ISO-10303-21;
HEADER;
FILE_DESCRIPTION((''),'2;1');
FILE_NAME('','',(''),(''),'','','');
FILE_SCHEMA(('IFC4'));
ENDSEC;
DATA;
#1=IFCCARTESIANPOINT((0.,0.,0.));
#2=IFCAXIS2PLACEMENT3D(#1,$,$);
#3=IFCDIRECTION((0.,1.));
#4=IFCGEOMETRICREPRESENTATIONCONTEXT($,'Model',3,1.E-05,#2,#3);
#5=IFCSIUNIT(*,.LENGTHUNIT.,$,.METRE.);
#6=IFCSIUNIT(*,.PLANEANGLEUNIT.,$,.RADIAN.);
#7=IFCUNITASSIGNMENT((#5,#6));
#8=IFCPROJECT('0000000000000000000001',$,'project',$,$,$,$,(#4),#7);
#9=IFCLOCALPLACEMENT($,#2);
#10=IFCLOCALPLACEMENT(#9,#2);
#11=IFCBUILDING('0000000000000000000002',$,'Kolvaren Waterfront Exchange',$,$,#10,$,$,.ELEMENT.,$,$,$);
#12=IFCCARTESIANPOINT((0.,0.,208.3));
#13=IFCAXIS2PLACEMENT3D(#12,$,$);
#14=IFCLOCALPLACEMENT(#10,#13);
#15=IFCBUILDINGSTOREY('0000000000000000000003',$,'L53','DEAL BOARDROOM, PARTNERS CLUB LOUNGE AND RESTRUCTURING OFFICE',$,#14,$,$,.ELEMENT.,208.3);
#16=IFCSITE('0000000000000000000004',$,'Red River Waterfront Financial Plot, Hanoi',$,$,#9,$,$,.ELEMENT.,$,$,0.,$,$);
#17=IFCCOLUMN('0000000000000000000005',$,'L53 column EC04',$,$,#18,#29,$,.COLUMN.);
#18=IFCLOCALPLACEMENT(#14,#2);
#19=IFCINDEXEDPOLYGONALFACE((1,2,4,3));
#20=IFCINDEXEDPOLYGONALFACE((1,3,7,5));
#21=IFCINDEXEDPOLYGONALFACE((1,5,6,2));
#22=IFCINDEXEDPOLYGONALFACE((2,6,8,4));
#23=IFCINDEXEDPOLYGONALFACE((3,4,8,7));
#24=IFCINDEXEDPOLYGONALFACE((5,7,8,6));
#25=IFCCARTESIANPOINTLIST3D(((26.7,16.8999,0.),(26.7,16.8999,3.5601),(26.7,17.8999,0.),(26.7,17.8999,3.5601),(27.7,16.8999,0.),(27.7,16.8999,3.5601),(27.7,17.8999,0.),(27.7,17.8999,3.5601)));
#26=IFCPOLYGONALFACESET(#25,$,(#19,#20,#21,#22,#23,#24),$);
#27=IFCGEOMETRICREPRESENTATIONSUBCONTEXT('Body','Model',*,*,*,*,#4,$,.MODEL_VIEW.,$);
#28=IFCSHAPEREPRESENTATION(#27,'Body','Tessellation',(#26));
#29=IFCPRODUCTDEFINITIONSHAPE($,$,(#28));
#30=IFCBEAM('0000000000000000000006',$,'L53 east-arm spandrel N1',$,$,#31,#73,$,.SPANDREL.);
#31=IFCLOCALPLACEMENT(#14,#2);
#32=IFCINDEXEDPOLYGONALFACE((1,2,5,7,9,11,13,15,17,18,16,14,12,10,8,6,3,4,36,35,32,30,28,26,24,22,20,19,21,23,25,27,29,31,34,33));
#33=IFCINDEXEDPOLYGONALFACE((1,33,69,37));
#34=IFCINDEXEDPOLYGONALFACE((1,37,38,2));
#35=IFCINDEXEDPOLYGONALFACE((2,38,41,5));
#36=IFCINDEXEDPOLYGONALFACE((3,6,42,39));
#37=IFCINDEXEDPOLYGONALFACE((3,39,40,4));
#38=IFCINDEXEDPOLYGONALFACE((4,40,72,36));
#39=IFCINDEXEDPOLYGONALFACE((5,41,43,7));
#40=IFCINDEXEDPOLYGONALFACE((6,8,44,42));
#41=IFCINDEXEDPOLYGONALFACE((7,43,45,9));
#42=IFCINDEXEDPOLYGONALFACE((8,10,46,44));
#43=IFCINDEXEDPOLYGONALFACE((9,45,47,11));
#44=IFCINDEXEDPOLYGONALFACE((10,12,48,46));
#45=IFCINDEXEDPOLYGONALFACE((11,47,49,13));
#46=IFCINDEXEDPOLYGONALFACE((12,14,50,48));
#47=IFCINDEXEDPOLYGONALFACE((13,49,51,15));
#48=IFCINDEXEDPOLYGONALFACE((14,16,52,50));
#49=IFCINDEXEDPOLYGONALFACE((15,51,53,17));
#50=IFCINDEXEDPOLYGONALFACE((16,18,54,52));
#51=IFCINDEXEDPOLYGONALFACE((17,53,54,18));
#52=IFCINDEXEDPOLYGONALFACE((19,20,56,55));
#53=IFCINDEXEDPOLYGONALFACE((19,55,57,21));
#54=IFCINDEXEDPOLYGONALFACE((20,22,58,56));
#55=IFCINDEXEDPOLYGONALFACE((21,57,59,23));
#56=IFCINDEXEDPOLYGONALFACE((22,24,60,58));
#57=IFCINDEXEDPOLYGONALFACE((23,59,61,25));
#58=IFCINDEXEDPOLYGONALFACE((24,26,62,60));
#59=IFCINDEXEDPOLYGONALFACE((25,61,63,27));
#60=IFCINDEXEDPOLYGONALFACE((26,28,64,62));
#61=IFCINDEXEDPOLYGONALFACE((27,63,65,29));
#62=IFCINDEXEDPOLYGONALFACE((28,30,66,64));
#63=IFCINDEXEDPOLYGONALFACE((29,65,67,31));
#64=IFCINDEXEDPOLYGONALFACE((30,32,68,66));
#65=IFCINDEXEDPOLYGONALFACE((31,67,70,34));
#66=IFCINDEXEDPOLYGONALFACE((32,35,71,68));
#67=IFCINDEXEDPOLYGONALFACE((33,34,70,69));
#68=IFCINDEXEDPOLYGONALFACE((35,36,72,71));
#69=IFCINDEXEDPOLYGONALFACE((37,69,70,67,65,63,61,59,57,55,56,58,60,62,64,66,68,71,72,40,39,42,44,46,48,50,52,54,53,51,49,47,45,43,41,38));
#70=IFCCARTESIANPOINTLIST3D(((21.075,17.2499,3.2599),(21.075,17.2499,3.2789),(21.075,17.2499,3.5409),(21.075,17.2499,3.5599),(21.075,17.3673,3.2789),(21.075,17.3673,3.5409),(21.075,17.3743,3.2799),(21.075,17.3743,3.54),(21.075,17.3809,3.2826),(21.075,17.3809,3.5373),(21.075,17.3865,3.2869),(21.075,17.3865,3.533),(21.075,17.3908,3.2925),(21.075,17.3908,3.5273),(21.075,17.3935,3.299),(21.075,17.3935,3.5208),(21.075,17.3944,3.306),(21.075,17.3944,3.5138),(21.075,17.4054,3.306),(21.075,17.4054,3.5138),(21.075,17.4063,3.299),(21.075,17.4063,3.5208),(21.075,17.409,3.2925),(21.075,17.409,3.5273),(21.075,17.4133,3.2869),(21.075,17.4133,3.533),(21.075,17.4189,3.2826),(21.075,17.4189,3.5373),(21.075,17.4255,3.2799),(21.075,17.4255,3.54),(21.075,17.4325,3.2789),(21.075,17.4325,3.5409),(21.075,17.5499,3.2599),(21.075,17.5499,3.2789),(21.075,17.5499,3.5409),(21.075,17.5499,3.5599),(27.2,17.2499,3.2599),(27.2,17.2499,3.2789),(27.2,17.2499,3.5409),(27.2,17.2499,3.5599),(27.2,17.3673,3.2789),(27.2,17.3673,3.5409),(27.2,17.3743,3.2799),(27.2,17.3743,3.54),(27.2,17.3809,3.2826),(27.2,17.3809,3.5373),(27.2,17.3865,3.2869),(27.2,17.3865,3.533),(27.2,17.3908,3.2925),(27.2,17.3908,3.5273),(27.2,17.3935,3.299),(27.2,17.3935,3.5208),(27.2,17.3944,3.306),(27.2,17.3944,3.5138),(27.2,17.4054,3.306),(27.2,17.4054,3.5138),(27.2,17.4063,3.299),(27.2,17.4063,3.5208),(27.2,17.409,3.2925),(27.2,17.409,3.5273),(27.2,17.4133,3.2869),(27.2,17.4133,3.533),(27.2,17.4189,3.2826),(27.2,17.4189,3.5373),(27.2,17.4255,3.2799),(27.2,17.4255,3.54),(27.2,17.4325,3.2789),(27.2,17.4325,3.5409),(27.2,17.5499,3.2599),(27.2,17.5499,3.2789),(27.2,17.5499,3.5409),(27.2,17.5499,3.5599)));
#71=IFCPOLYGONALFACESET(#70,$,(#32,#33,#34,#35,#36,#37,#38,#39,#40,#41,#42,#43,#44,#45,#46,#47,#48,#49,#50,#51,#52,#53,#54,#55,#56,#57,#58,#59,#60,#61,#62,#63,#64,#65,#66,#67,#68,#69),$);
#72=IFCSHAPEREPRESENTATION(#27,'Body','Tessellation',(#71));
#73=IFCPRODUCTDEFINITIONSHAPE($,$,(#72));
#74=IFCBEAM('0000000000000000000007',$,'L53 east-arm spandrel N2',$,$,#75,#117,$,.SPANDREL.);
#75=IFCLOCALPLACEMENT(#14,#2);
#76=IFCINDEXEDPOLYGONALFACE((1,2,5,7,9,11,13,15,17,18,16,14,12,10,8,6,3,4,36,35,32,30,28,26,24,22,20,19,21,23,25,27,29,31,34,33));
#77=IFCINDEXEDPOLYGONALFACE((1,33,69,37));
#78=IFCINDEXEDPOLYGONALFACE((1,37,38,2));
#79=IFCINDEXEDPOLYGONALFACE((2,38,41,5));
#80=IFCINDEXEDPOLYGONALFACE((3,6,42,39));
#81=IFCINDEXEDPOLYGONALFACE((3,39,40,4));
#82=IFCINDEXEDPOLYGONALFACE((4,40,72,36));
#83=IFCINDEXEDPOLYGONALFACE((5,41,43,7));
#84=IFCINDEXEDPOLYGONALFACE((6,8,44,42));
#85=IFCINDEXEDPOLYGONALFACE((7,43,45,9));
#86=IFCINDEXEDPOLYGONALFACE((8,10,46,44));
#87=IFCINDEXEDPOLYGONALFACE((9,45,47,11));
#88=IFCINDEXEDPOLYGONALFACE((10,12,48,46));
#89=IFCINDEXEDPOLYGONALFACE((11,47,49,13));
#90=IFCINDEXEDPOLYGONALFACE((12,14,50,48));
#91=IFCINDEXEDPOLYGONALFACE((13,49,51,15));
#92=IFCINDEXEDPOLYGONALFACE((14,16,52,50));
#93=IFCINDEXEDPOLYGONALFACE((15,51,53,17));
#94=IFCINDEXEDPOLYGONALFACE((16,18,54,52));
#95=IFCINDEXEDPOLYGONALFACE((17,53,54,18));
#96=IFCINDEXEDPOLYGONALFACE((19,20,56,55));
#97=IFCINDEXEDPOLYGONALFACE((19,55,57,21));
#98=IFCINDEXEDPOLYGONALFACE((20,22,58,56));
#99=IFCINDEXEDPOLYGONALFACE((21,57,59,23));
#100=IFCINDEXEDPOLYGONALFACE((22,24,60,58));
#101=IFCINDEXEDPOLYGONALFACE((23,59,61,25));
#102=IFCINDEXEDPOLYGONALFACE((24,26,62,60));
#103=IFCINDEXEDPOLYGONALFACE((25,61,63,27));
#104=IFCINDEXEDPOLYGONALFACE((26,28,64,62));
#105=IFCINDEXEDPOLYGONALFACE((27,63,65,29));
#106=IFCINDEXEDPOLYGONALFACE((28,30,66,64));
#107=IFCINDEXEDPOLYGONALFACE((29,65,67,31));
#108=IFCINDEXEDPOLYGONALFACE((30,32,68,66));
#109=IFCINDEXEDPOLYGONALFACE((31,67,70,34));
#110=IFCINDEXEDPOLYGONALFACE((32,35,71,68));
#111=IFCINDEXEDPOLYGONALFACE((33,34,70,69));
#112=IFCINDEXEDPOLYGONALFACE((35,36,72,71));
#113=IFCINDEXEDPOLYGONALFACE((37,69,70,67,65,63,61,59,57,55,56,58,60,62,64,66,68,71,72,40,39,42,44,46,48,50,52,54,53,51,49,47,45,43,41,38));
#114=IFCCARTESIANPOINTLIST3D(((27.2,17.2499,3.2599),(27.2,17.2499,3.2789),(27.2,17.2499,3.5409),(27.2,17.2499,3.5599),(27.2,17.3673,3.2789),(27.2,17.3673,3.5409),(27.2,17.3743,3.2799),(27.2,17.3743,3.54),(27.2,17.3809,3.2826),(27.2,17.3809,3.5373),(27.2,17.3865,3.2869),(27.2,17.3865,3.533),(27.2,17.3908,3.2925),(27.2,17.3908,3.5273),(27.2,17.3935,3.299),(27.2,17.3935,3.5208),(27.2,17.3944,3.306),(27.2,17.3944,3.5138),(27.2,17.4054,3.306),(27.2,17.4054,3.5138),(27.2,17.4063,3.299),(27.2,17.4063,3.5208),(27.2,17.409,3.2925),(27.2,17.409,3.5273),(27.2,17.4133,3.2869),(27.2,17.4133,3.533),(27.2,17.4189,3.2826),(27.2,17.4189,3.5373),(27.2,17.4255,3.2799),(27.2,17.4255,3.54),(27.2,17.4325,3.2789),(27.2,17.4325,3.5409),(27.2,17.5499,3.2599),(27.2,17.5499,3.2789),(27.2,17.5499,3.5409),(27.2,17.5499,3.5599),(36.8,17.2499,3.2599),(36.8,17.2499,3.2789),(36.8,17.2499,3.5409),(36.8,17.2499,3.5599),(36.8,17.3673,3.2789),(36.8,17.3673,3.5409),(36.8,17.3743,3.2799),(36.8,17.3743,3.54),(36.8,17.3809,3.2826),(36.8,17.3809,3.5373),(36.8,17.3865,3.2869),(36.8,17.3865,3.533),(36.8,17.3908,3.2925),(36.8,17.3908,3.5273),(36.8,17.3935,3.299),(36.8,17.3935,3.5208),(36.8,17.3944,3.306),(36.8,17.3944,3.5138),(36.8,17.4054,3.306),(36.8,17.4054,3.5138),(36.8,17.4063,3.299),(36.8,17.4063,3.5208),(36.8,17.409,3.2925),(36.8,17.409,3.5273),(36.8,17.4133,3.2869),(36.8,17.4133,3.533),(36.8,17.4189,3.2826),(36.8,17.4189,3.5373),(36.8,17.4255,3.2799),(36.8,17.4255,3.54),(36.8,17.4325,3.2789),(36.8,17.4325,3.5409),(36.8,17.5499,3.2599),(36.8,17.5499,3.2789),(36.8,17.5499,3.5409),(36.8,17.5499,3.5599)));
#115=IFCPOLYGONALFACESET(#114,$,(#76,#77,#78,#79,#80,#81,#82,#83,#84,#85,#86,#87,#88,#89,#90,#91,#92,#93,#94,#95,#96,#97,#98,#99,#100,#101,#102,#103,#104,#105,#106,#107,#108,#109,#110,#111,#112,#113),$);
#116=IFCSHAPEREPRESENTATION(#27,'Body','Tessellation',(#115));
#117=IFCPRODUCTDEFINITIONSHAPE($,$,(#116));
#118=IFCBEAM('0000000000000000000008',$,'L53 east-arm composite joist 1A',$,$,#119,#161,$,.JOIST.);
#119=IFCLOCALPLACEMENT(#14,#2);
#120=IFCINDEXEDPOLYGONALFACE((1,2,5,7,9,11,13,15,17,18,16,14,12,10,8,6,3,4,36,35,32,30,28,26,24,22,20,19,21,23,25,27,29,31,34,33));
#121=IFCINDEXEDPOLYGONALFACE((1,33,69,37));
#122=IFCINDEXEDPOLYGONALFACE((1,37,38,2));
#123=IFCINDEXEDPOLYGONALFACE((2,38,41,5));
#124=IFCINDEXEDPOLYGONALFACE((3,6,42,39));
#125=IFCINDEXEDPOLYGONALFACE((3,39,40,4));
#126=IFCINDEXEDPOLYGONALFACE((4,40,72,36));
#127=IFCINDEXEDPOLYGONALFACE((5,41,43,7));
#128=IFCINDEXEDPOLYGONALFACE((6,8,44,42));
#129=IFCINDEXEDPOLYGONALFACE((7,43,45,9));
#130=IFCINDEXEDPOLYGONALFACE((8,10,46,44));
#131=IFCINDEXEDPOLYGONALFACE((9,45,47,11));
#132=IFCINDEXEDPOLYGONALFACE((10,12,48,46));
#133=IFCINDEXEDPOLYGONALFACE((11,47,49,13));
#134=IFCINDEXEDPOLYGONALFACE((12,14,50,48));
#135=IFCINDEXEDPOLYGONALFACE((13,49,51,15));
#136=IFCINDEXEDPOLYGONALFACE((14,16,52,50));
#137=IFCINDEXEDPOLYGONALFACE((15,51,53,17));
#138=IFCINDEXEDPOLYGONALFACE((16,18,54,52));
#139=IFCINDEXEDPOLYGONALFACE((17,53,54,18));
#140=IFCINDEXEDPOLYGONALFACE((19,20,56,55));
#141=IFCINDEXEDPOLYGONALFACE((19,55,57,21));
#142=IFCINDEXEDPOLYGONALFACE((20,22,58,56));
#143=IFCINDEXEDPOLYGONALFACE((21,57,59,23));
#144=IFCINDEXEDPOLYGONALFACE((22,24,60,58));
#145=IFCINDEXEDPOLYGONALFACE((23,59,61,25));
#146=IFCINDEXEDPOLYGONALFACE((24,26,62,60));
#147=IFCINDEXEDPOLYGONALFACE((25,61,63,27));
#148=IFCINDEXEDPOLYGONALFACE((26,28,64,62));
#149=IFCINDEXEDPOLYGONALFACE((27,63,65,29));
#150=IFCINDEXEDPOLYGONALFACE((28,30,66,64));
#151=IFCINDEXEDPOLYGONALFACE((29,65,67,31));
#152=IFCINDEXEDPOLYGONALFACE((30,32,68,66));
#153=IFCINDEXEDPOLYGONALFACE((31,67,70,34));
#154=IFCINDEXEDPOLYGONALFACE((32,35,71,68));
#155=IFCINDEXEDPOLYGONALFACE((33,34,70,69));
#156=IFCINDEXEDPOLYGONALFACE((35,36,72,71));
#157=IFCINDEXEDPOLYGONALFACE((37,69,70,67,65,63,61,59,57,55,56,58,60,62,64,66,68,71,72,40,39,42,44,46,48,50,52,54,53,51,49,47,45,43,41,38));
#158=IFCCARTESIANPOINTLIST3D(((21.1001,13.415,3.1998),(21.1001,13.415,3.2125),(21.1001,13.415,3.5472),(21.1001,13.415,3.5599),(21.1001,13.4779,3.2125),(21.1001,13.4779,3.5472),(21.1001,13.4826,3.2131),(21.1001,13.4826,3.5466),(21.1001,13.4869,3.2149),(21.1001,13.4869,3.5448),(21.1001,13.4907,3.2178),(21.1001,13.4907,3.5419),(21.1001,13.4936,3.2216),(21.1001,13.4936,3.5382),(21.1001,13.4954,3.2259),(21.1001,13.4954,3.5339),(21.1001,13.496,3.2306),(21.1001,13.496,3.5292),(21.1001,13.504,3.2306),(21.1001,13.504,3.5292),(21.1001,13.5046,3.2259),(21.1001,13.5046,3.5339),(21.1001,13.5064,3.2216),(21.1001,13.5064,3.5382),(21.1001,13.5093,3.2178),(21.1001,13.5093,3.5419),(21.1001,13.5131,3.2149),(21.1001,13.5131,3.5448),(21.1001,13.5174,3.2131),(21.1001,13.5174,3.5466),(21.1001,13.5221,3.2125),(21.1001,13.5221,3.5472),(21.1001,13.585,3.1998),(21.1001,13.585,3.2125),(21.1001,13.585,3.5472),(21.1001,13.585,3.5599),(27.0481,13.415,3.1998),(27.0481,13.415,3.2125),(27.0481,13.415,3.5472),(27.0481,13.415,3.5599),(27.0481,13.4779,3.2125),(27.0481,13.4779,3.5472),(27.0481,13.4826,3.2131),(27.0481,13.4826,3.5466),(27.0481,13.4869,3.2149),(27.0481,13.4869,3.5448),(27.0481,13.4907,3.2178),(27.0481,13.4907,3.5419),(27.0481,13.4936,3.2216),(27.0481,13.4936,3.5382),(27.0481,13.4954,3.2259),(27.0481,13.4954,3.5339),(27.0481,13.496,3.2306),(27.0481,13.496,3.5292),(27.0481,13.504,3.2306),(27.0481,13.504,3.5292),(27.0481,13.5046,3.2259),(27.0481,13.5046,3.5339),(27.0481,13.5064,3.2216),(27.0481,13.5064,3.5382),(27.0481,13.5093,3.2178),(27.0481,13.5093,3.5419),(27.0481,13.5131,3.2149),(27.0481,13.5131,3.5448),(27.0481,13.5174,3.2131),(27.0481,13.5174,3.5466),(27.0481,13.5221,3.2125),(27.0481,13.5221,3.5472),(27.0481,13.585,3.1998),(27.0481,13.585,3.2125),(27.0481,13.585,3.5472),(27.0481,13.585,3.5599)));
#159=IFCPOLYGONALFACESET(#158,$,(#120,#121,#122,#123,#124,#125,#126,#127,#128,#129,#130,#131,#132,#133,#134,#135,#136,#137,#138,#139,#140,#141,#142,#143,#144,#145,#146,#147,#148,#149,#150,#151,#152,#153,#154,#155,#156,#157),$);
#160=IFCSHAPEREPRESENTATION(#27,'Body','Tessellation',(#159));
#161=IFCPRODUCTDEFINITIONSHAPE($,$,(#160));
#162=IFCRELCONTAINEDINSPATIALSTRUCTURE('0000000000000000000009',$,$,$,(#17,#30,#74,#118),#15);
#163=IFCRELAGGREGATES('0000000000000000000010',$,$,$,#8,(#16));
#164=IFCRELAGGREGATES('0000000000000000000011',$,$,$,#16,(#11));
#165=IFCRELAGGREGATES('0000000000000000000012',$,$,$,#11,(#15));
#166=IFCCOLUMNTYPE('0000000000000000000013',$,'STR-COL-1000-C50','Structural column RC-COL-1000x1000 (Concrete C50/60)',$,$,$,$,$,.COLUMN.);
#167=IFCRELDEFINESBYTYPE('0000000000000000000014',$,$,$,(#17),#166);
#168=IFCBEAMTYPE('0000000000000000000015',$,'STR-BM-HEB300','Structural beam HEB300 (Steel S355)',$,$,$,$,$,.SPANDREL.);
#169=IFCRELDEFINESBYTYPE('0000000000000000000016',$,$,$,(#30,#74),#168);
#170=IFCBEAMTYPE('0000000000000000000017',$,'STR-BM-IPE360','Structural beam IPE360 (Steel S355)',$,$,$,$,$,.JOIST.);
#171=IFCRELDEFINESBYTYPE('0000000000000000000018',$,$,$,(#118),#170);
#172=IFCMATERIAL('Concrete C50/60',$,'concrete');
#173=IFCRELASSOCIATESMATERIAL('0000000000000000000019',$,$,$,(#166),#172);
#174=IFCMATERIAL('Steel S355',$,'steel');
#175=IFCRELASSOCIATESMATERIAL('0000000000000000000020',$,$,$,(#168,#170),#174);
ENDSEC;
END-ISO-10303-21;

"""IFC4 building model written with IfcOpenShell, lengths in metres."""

from ifc_helpers import new_model, si_unit, direction, frame, origin, origin_2d, place, context, subcontext, project, spatial, rectangle, i_section, extrude, material, material_profile, profile_set, type_object, element, save


model = new_model("IFC4")

# Units and contexts
model_context = context("Model", 3, precision=1e-05, world=origin(), true_north=direction((0.0, 1.0)))
body_context = subcontext(model_context, "Body", "Model", "MODEL_VIEW")
ifc_project = project(units=[si_unit("LENGTHUNIT", "METRE"), si_unit("PLANEANGLEUNIT", "RADIAN")], contexts=[model_context])

# Site, building, storey
site_placement = place(None, origin())
site = spatial("IfcSite", under=ifc_project, at=site_placement, Name="Red River Waterfront Financial Plot, Hanoi", CompositionType="ELEMENT", RefElevation=0.0)
building_placement = place(site_placement, origin())
building = spatial("IfcBuilding", under=site, at=building_placement, Name="Kolvaren Waterfront Exchange", CompositionType="ELEMENT")
storey_placement = place(building_placement, frame((0.0, 0.0, 208.3)))
storey = spatial("IfcBuildingStorey", under=building, at=storey_placement, Name="L53", Description="DEAL BOARDROOM, PARTNERS CLUB LOUNGE AND RESTRUCTURING OFFICE", CompositionType="ELEMENT", Elevation=208.3)

# Column
ifc_material_1 = material(Name="Concrete C50/60", Category="concrete")
ifc_material_profile_1 = material_profile(ifc_material_1, rectangle(XDim=1.0, YDim=1.0, at=origin_2d()), Name="RC-COL-1000x1000")
ifc_profile_set_1 = profile_set([ifc_material_profile_1], Name="Concrete C50/60")
column_type = type_object("IfcColumnType", Name="STR-COL-1000-C50", Description="Structural column RC-COL-1000x1000 (Concrete C50/60)", PredefinedType="COLUMN", material=ifc_profile_set_1)
column_placement = place(storey_placement, frame((27.2, 17.3999, 0.0), z_axis=(0.0, 0.0, 1.0), x_axis=(1.0, 0.0, 0.0)))
element("IfcColumn", 1, at=column_placement, inside=storey, type_object=column_type, Name="L53 column EC04", PredefinedType="COLUMN", context=body_context, shape_type="SweptSolid", body=[
    extrude(rectangle(XDim=1.0, YDim=1.0, at=origin_2d()), origin(), (0.0, 0.0, 1.0), 3.5601),
])

# Beams
ifc_material_2 = material(Name="Steel S355", Category="steel")
ifc_material_profile_2 = material_profile(ifc_material_2, i_section(OverallWidth=0.3, OverallDepth=0.3, WebThickness=0.011, FlangeThickness=0.019, FilletRadius=0.0271, at=origin_2d()), Name="HEB300")
ifc_profile_set_2 = profile_set([ifc_material_profile_2], Name="Steel S355")
beam_type_1 = type_object("IfcBeamType", Name="STR-BM-HEB300", Description="Structural beam HEB300 (Steel S355)", PredefinedType="SPANDREL", material=ifc_profile_set_2)
beam_1_placement = place(storey_placement, frame((21.075, 17.3999, 3.4099), z_axis=(1.0, 0.0, 0.0), x_axis=(0.0, 1.0, 0.0)))
element("IfcBeam", 2, at=beam_1_placement, inside=storey, type_object=beam_type_1, Name="L53 east-arm spandrel N1", PredefinedType="SPANDREL", context=body_context, shape_type="SweptSolid", body=[
    extrude(i_section(OverallWidth=0.3, OverallDepth=0.3, WebThickness=0.011, FlangeThickness=0.019, FilletRadius=0.0271, at=origin_2d()), origin(), (0.0, 0.0, 1.0), 6.125),
])
beam_2_placement = place(storey_placement, frame((27.2, 17.3999, 3.4099), z_axis=(1.0, 0.0, 0.0), x_axis=(0.0, 1.0, 0.0)))
element("IfcBeam", 3, at=beam_2_placement, inside=storey, type_object=beam_type_1, Name="L53 east-arm spandrel N2", PredefinedType="SPANDREL", context=body_context, shape_type="SweptSolid", body=[
    extrude(i_section(OverallWidth=0.3, OverallDepth=0.3, WebThickness=0.011, FlangeThickness=0.019, FilletRadius=0.0271, at=origin_2d()), origin(), (0.0, 0.0, 1.0), 9.6001),
])
ifc_material_profile_3 = material_profile(ifc_material_2, i_section(OverallWidth=0.1699, OverallDepth=0.3601, WebThickness=0.0081, FlangeThickness=0.0127, FilletRadius=0.0181, at=origin_2d()), Name="IPE360")
ifc_profile_set_3 = profile_set([ifc_material_profile_3], Name="Steel S355")
beam_type_2 = type_object("IfcBeamType", Name="STR-BM-IPE360", Description="Structural beam IPE360 (Steel S355)", PredefinedType="JOIST", material=ifc_profile_set_3)
for number, where, z_axis, x_axis, name in (
    (4, (21.1001, 13.5, 3.3799), (1.0, 0.0, 0.0), (0.0, 1.0, 0.0), "L53 east-arm composite joist 1A"),
):
    element("IfcBeam", number, at=place(storey_placement, frame(where, z_axis=z_axis, x_axis=x_axis)), inside=storey, type_object=beam_type_2, Name=name, PredefinedType="JOIST", context=body_context, shape_type="SweptSolid", body=[
        extrude(i_section(OverallWidth=0.1699, OverallDepth=0.3601, WebThickness=0.0081, FlangeThickness=0.0127, FilletRadius=0.0181, at=origin_2d()), origin(), (0.0, 0.0, 1.0), 5.948),
    ])

save(model, "model.ifc")
